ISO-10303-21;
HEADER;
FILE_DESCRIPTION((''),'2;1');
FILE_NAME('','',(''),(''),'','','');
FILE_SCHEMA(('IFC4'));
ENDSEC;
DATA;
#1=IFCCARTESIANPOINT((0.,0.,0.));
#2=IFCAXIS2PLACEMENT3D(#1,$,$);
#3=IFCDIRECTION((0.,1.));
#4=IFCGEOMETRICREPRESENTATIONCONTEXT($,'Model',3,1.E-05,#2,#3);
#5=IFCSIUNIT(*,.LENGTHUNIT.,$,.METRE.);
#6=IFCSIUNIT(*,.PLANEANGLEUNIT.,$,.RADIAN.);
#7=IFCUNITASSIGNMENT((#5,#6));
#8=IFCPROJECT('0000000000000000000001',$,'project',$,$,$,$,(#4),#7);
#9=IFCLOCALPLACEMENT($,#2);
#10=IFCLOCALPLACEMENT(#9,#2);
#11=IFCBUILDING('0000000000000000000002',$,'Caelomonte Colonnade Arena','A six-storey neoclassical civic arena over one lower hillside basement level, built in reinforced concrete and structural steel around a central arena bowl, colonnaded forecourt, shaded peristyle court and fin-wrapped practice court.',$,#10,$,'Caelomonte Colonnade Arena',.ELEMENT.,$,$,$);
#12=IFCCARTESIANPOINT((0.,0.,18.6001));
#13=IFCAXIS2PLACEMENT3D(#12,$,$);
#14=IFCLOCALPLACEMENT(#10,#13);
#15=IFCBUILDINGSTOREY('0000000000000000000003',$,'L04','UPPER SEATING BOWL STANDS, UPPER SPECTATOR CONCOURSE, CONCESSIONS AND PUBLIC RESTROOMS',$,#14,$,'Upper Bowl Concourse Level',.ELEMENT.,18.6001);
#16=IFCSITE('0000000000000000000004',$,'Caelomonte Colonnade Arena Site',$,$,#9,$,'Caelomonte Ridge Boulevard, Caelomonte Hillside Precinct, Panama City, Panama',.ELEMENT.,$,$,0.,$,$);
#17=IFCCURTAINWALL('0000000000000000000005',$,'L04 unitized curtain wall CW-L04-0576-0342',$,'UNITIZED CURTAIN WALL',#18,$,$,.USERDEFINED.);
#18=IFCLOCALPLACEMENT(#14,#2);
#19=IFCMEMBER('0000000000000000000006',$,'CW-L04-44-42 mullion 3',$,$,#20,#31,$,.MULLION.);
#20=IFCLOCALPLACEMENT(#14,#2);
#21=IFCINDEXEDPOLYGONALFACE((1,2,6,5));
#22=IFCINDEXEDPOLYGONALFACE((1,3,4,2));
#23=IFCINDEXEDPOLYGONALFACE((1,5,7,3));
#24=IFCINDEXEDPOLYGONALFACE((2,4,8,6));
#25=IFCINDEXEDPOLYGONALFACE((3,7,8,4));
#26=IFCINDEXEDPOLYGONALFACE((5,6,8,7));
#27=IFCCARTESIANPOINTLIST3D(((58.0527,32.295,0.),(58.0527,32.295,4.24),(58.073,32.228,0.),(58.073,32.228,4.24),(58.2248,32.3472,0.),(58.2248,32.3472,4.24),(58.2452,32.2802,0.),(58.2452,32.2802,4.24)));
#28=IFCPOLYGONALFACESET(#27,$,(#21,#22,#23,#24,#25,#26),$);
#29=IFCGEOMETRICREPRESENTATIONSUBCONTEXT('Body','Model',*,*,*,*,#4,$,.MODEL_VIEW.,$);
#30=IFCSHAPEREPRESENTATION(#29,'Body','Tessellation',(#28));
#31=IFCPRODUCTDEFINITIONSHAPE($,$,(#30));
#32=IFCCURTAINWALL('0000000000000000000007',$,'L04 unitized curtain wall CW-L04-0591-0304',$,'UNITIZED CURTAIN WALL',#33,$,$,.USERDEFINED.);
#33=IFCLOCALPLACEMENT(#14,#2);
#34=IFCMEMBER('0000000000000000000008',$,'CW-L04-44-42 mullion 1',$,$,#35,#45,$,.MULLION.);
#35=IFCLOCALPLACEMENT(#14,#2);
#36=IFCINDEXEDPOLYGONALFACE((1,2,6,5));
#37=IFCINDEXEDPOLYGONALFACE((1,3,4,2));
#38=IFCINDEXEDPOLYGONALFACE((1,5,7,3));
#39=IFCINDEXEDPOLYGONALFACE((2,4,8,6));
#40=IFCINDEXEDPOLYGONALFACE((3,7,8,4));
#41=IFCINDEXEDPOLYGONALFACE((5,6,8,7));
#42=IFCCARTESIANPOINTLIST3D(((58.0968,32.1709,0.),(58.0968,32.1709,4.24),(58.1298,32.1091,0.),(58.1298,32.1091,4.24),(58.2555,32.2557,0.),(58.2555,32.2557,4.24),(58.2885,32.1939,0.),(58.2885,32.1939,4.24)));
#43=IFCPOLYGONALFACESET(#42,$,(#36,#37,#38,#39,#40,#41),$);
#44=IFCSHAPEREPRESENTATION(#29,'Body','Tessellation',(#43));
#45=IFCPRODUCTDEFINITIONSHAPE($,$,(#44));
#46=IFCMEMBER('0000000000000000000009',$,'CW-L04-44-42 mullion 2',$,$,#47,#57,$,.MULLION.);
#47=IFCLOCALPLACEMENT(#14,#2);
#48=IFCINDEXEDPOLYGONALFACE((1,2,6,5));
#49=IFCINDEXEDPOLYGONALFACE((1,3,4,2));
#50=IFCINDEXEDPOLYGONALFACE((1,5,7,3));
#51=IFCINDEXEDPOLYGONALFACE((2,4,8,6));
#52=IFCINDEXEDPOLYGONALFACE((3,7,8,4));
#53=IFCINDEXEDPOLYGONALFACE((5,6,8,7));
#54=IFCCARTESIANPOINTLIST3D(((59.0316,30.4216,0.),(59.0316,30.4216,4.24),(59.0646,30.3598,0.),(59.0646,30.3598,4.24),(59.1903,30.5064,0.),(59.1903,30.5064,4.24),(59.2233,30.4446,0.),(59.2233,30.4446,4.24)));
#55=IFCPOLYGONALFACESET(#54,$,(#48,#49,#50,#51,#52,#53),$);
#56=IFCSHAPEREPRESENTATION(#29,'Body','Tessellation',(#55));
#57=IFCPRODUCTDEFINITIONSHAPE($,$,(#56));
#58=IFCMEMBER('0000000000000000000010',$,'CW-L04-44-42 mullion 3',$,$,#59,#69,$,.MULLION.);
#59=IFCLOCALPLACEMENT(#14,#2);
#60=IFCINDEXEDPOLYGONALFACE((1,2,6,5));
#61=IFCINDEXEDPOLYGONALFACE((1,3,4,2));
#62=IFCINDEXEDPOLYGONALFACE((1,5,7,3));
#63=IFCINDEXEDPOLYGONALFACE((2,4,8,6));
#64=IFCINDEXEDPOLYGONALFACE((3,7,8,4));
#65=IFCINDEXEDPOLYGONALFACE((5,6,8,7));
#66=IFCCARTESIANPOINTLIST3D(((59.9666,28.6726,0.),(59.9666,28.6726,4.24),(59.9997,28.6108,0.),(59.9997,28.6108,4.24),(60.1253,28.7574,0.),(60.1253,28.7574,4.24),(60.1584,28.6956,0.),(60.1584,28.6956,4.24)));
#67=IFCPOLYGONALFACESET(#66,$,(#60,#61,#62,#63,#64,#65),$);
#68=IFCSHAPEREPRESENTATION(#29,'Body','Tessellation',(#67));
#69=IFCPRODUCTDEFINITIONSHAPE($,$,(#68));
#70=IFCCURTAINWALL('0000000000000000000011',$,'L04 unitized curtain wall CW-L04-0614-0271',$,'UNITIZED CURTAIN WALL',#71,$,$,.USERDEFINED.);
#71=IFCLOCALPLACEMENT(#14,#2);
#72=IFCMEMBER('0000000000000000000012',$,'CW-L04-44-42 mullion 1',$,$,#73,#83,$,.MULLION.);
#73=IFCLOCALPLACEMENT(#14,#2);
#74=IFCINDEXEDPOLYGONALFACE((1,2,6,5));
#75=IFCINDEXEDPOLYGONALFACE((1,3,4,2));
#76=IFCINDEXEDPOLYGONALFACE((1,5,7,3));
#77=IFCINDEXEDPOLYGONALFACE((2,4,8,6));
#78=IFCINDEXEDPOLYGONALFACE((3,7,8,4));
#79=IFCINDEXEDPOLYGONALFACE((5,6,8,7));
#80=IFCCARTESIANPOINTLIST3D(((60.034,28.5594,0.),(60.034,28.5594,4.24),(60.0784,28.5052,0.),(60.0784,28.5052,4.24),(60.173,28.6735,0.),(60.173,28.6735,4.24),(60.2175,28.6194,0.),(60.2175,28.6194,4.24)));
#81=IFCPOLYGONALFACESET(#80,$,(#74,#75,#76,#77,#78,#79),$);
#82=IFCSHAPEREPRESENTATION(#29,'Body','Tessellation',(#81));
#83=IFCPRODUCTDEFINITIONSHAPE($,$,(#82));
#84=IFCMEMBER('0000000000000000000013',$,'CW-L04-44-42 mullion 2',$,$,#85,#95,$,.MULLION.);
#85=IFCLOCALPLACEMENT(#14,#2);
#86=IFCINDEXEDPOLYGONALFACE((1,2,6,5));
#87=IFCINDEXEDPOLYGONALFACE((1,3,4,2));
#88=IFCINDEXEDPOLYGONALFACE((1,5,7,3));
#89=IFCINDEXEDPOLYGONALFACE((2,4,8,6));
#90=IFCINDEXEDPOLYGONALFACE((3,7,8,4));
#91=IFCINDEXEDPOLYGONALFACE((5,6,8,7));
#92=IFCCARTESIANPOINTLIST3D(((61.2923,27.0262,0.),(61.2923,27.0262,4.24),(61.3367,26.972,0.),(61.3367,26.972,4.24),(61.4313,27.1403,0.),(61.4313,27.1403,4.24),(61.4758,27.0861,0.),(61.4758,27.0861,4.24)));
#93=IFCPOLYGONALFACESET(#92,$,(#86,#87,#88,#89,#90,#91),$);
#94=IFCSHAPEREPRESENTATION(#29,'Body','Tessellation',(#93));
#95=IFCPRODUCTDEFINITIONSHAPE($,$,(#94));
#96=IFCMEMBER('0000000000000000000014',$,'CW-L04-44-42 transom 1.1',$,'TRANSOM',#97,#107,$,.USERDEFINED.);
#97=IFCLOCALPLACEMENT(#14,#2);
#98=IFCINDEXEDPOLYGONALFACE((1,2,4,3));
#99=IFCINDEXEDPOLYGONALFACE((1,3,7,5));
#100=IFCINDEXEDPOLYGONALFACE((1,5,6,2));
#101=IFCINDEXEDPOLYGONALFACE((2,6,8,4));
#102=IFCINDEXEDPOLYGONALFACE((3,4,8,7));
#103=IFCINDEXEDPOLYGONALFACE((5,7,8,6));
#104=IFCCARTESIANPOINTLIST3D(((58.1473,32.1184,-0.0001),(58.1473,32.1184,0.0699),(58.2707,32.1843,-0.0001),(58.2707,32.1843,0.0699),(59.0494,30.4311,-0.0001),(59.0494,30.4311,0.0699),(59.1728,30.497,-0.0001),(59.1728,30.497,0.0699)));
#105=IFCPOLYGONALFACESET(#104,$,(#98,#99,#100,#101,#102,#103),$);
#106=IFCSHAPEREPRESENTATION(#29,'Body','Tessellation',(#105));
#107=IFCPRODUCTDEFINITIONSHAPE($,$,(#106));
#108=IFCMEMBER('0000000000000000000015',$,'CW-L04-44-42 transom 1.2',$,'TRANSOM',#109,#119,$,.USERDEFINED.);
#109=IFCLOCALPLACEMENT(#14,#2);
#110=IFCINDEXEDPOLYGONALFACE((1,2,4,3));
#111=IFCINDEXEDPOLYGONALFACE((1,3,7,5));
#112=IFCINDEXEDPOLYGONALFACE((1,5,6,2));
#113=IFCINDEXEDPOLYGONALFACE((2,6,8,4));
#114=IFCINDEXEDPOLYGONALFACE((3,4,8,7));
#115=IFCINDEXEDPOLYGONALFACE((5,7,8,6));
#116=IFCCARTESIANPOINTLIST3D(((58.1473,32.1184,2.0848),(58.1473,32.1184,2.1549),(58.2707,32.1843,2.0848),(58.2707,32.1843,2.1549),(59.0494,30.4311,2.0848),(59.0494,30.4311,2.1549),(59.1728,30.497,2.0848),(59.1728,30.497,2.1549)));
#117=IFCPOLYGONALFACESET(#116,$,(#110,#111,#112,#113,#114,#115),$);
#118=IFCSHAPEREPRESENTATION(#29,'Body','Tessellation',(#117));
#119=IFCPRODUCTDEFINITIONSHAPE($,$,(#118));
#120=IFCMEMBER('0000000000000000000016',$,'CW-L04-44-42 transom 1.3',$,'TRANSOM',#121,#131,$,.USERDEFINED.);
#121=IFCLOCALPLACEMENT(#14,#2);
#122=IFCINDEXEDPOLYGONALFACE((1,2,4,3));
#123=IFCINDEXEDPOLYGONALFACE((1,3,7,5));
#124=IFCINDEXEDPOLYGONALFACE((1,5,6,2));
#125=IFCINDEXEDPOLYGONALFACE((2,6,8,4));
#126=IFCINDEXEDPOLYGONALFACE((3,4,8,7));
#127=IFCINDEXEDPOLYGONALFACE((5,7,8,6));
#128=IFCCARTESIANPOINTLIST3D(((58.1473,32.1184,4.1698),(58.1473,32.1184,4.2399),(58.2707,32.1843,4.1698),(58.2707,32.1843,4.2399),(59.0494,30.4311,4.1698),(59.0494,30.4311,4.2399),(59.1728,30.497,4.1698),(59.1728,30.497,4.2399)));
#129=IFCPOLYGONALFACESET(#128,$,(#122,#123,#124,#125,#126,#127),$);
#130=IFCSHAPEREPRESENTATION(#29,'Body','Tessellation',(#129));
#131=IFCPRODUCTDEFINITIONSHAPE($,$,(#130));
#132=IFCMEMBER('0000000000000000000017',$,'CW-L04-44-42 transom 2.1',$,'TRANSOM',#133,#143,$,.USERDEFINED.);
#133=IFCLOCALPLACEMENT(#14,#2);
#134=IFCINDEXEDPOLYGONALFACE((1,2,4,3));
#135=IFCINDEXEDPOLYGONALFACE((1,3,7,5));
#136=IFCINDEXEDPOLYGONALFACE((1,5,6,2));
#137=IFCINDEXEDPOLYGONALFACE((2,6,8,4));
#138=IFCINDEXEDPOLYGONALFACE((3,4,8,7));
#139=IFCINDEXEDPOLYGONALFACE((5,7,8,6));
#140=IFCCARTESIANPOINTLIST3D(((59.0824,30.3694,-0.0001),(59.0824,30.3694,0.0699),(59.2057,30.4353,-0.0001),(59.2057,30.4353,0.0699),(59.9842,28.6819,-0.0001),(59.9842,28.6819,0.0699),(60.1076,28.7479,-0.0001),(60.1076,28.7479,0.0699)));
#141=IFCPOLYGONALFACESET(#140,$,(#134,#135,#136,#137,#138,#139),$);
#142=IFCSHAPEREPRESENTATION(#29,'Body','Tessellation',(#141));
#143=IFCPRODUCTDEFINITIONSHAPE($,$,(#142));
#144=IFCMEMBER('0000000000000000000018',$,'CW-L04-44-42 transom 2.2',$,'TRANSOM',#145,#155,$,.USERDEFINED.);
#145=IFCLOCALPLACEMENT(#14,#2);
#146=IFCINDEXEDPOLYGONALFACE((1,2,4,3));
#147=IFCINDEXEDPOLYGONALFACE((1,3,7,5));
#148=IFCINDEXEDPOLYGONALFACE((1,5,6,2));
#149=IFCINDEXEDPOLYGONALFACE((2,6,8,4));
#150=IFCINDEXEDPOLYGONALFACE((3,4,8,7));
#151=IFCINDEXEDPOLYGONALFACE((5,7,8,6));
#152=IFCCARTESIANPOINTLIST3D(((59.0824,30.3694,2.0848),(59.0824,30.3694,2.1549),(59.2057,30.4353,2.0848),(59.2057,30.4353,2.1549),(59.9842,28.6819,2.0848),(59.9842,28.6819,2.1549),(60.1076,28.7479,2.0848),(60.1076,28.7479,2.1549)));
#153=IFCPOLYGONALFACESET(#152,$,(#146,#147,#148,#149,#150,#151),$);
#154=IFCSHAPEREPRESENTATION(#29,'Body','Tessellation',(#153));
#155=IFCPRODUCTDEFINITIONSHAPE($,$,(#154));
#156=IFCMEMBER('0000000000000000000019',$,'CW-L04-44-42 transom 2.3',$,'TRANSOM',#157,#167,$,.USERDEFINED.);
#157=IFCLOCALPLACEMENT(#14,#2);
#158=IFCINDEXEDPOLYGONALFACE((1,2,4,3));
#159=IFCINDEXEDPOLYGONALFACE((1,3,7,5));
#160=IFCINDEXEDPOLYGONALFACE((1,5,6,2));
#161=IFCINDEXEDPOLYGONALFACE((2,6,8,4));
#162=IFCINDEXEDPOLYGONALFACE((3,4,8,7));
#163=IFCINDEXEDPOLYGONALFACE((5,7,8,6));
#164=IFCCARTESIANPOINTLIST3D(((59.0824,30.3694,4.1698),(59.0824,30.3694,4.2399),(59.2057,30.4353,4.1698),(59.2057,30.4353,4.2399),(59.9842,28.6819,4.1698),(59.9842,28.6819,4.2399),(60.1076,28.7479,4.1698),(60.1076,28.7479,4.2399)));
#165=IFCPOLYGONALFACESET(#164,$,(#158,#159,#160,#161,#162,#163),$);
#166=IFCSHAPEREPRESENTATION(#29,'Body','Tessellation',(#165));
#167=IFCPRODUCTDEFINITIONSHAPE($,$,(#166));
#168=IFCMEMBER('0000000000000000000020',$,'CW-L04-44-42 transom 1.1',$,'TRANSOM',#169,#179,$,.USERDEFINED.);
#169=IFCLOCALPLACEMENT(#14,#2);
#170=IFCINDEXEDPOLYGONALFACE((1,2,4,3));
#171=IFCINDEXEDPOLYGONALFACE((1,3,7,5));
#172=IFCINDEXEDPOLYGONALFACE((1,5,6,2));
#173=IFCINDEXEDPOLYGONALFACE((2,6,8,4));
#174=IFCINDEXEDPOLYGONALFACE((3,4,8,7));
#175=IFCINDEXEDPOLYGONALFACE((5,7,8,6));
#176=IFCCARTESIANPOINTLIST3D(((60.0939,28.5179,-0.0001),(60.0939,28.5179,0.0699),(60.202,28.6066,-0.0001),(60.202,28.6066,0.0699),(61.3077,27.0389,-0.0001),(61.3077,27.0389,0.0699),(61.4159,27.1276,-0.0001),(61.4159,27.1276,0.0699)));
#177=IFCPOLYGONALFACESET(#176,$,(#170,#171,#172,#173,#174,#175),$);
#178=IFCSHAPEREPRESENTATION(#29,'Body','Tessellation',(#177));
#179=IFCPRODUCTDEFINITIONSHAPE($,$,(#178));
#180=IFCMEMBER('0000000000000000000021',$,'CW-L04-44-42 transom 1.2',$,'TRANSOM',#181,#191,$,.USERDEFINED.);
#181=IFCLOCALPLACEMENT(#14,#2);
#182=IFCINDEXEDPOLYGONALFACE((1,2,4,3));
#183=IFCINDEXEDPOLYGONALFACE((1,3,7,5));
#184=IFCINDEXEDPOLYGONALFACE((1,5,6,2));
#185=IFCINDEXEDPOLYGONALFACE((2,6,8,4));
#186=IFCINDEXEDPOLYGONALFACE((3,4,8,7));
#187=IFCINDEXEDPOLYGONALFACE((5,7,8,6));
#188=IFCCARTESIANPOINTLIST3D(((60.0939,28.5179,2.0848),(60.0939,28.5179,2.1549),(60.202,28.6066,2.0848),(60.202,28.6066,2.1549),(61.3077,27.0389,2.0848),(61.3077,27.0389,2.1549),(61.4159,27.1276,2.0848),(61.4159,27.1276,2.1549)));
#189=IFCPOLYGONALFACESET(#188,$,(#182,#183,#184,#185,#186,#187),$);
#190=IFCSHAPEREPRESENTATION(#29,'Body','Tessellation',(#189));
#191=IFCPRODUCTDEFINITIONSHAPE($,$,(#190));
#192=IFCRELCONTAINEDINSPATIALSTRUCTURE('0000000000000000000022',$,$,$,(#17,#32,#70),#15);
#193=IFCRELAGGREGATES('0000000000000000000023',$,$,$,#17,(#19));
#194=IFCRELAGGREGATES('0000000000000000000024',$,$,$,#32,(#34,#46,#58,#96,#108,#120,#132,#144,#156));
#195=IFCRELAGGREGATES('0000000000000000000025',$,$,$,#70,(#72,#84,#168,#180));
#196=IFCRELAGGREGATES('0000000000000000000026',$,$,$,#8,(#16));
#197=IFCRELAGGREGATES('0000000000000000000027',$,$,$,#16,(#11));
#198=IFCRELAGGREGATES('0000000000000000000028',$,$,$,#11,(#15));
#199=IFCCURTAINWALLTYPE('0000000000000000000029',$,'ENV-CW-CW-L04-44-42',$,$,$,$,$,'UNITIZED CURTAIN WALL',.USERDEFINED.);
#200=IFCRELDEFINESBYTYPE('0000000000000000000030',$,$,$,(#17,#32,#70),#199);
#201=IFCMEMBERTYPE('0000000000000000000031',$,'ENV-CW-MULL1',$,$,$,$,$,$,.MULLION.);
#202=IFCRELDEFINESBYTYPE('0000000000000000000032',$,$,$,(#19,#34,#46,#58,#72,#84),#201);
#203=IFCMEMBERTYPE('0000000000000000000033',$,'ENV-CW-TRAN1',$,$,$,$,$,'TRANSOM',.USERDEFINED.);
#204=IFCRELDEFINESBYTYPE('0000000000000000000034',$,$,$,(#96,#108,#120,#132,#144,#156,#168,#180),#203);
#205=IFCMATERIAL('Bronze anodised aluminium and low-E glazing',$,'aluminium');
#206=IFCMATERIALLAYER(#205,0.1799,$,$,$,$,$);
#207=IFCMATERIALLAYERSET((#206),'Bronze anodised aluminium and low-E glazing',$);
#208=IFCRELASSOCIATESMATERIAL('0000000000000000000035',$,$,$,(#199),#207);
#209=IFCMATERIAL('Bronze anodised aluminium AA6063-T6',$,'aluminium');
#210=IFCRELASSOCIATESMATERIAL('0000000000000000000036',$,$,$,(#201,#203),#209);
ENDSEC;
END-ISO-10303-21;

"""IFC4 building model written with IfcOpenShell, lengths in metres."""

from ifc_helpers import new_model, si_unit, direction, frame, origin, origin_2d, place, context, subcontext, project, spatial, rectangle, extrude, material, layer, layer_set, material_profile, profile_set, type_object, element, aggregate, save


model = new_model("IFC4")

# Units and contexts
model_context = context("Model", 3, precision=1e-05, world=origin(), true_north=direction((0.0, 1.0)))
body_context = subcontext(model_context, "Body", "Model", "MODEL_VIEW")
ifc_project = project(units=[si_unit("LENGTHUNIT", "METRE"), si_unit("PLANEANGLEUNIT", "RADIAN")], contexts=[model_context])

# Site, building, storey
site_placement = place(None, origin())
site = spatial("IfcSite", under=ifc_project, at=site_placement, Name="Caelomonte Colonnade Arena Site", LongName="Caelomonte Ridge Boulevard, Caelomonte Hillside Precinct, Panama City, Panama", CompositionType="ELEMENT", RefElevation=0.0)
building_placement = place(site_placement, origin())
building = spatial("IfcBuilding", under=site, at=building_placement, Name="Caelomonte Colonnade Arena", Description="A six-storey neoclassical civic arena over one lower hillside basement level, built in reinforced concrete and structural steel around a central arena bowl, colonnaded forecourt, shaded peristyle court and fin-wrapped practice court.", LongName="Caelomonte Colonnade Arena", CompositionType="ELEMENT")
storey_placement = place(building_placement, frame((0.0, 0.0, 18.6001)))
storey = spatial("IfcBuildingStorey", under=building, at=storey_placement, Name="L04", Description="UPPER SEATING BOWL STANDS, UPPER SPECTATOR CONCOURSE, CONCESSIONS AND PUBLIC RESTROOMS", LongName="Upper Bowl Concourse Level", CompositionType="ELEMENT", Elevation=18.6001)

# Curtain wall, member
ifc_material_1 = material(Name="Bronze anodised aluminium and low-E glazing", Category="aluminium")
ifc_layer_1 = layer(ifc_material_1, 0.1799)
ifc_layer_set_1 = layer_set([ifc_layer_1], Name="Bronze anodised aluminium and low-E glazing")
curtain_wall_type = type_object("IfcCurtainWallType", Name="ENV-CW-CW-L04-44-42", ElementType="UNITIZED CURTAIN WALL", PredefinedType="USERDEFINED", material=ifc_layer_set_1)
curtain_wall_1_placement = place(storey_placement, origin())
curtain_wall_1 = element("IfcCurtainWall", 1, at=curtain_wall_1_placement, inside=storey, type_object=curtain_wall_type, Name="L04 unitized curtain wall CW-L04-0576-0342", ObjectType="UNITIZED CURTAIN WALL", PredefinedType="USERDEFINED")
ifc_material_2 = material(Name="Bronze anodised aluminium AA6063-T6", Category="aluminium")
ifc_material_profile_1 = material_profile(ifc_material_2, rectangle(XDim=0.0701, YDim=0.1799, at=origin_2d()), Name="CWM-70X180")
ifc_profile_set_1 = profile_set([ifc_material_profile_1], Name="Bronze anodised aluminium AA6063-T6")
member_type_1 = type_object("IfcMemberType", Name="ENV-CW-MULL1", PredefinedType="MULLION", material=ifc_profile_set_1)
member_1_placement = place(storey_placement, frame((58.1489, 32.2876, 0.0), z_axis=(0.0, 0.0, 1.0), x_axis=(0.290256, -0.956949, 0.0)))
member_1 = element("IfcMember", 2, at=member_1_placement, type_object=member_type_1, Name="CW-L04-44-42 mullion 3", PredefinedType="MULLION", context=body_context, shape_type="SweptSolid", body=[
    extrude(rectangle(XDim=0.0701, YDim=0.1799, at=origin_2d()), origin(), (0.0, 0.0, 1.0), 4.24),
])

# Curtain walls, members
curtain_wall_2_placement = place(storey_placement, origin())
curtain_wall_2 = element("IfcCurtainWall", 3, at=curtain_wall_2_placement, inside=storey, type_object=curtain_wall_type, Name="L04 unitized curtain wall CW-L04-0591-0304", ObjectType="UNITIZED CURTAIN WALL", PredefinedType="USERDEFINED")
member_2_placement = place(storey_placement, frame((58.1926, 32.1824, 0.0), z_axis=(0.0, 0.0, 1.0), x_axis=(0.471394, -0.881923, 0.0)))
member_2 = element("IfcMember", 4, at=member_2_placement, type_object=member_type_1, Name="CW-L04-44-42 mullion 1", PredefinedType="MULLION", context=body_context, shape_type="SweptSolid", body=[
    extrude(rectangle(XDim=0.0701, YDim=0.1799, at=origin_2d()), origin(), (0.0, 0.0, 1.0), 4.24),
])
member_3_placement = place(storey_placement, frame((59.1274, 30.4331, 0.0), z_axis=(0.0, 0.0, 1.0), x_axis=(0.471394, -0.881923, 0.0)))
member_3 = element("IfcMember", 5, at=member_3_placement, type_object=member_type_1, Name="CW-L04-44-42 mullion 2", PredefinedType="MULLION", context=body_context, shape_type="SweptSolid", body=[
    extrude(rectangle(XDim=0.0701, YDim=0.1799, at=origin_2d()), origin(), (0.0, 0.0, 1.0), 4.24),
])
member_4_placement = place(storey_placement, frame((60.0625, 28.6841, 0.0), z_axis=(0.0, 0.0, 1.0), x_axis=(0.471394, -0.881923, 0.0)))
member_4 = element("IfcMember", 6, at=member_4_placement, type_object=member_type_1, Name="CW-L04-44-42 mullion 3", PredefinedType="MULLION", context=body_context, shape_type="SweptSolid", body=[
    extrude(rectangle(XDim=0.0701, YDim=0.1799, at=origin_2d()), origin(), (0.0, 0.0, 1.0), 4.24),
])
curtain_wall_3_placement = place(storey_placement, origin())
curtain_wall_3 = element("IfcCurtainWall", 7, at=curtain_wall_3_placement, inside=storey, type_object=curtain_wall_type, Name="L04 unitized curtain wall CW-L04-0614-0271", ObjectType="UNITIZED CURTAIN WALL", PredefinedType="USERDEFINED")
member_5_placement = place(storey_placement, frame((60.1257, 28.5894, 0.0), z_axis=(0.0, 0.0, 1.0), x_axis=(0.634416, -0.772992, 0.0)))
member_5 = element("IfcMember", 8, at=member_5_placement, type_object=member_type_1, Name="CW-L04-44-42 mullion 1", PredefinedType="MULLION", context=body_context, shape_type="SweptSolid", body=[
    extrude(rectangle(XDim=0.0701, YDim=0.1799, at=origin_2d()), origin(), (0.0, 0.0, 1.0), 4.24),
])
member_6_placement = place(storey_placement, frame((61.384, 27.0562, 0.0), z_axis=(0.0, 0.0, 1.0), x_axis=(0.634416, -0.772992, 0.0)))
member_6 = element("IfcMember", 9, at=member_6_placement, type_object=member_type_1, Name="CW-L04-44-42 mullion 2", PredefinedType="MULLION", context=body_context, shape_type="SweptSolid", body=[
    extrude(rectangle(XDim=0.0701, YDim=0.1799, at=origin_2d()), origin(), (0.0, 0.0, 1.0), 4.24),
])

# Members
ifc_material_profile_2 = material_profile(ifc_material_2, rectangle(XDim=0.0701, YDim=0.1399, at=origin_2d()), Name="CWT-70X140")
ifc_profile_set_2 = profile_set([ifc_material_profile_2], Name="Bronze anodised aluminium AA6063-T6")
member_type_2 = type_object("IfcMemberType", Name="ENV-CW-TRAN1", ElementType="TRANSOM", PredefinedType="USERDEFINED", material=ifc_profile_set_2)
member_7_placement = place(storey_placement, frame((58.209, 32.1514, 0.0349), z_axis=(0.471495, -0.881869, 0.0), x_axis=(0.0, 0.0, 1.0)))
member_7 = element("IfcMember", 10, at=member_7_placement, type_object=member_type_2, Name="CW-L04-44-42 transom 1.1", ObjectType="TRANSOM", PredefinedType="USERDEFINED", context=body_context, shape_type="SweptSolid", body=[
    extrude(rectangle(XDim=0.0701, YDim=0.1399, at=origin_2d()), origin(), (0.0, 0.0, 1.0), 1.9133),
])
member_8_placement = place(storey_placement, frame((58.209, 32.1514, 2.1199), z_axis=(0.471495, -0.881869, 0.0), x_axis=(0.0, 0.0, 1.0)))
member_8 = element("IfcMember", 11, at=member_8_placement, type_object=member_type_2, Name="CW-L04-44-42 transom 1.2", ObjectType="TRANSOM", PredefinedType="USERDEFINED", context=body_context, shape_type="SweptSolid", body=[
    extrude(rectangle(XDim=0.0701, YDim=0.1399, at=origin_2d()), origin(), (0.0, 0.0, 1.0), 1.9133),
])
member_9_placement = place(storey_placement, frame((58.209, 32.1514, 4.2048), z_axis=(0.471495, -0.881869, 0.0), x_axis=(0.0, 0.0, 1.0)))
member_9 = element("IfcMember", 12, at=member_9_placement, type_object=member_type_2, Name="CW-L04-44-42 transom 1.3", ObjectType="TRANSOM", PredefinedType="USERDEFINED", context=body_context, shape_type="SweptSolid", body=[
    extrude(rectangle(XDim=0.0701, YDim=0.1399, at=origin_2d()), origin(), (0.0, 0.0, 1.0), 1.9133),
])
member_10_placement = place(storey_placement, frame((59.144, 30.4023, 0.0349), z_axis=(0.471343, -0.88195, 0.0), x_axis=(0.0, 0.0, 1.0)))
member_10 = element("IfcMember", 13, at=member_10_placement, type_object=member_type_2, Name="CW-L04-44-42 transom 2.1", ObjectType="TRANSOM", PredefinedType="USERDEFINED", context=body_context, shape_type="SweptSolid", body=[
    extrude(rectangle(XDim=0.0701, YDim=0.1399, at=origin_2d()), origin(), (0.0, 0.0, 1.0), 1.9133),
])
member_11_placement = place(storey_placement, frame((59.144, 30.4023, 2.1199), z_axis=(0.471343, -0.88195, 0.0), x_axis=(0.0, 0.0, 1.0)))
member_11 = element("IfcMember", 14, at=member_11_placement, type_object=member_type_2, Name="CW-L04-44-42 transom 2.2", ObjectType="TRANSOM", PredefinedType="USERDEFINED", context=body_context, shape_type="SweptSolid", body=[
    extrude(rectangle(XDim=0.0701, YDim=0.1399, at=origin_2d()), origin(), (0.0, 0.0, 1.0), 1.9133),
])
member_12_placement = place(storey_placement, frame((59.144, 30.4023, 4.2048), z_axis=(0.471343, -0.88195, 0.0), x_axis=(0.0, 0.0, 1.0)))
member_12 = element("IfcMember", 15, at=member_12_placement, type_object=member_type_2, Name="CW-L04-44-42 transom 2.3", ObjectType="TRANSOM", PredefinedType="USERDEFINED", context=body_context, shape_type="SweptSolid", body=[
    extrude(rectangle(XDim=0.0701, YDim=0.1399, at=origin_2d()), origin(), (0.0, 0.0, 1.0), 1.9133),
])
member_13_placement = place(storey_placement, frame((60.1479, 28.5623, 0.0349), z_axis=(0.634418, -0.77299, 0.0), x_axis=(0.0, 0.0, 1.0)))
member_13 = element("IfcMember", 16, at=member_13_placement, type_object=member_type_2, Name="CW-L04-44-42 transom 1.1", ObjectType="TRANSOM", PredefinedType="USERDEFINED", context=body_context, shape_type="SweptSolid", body=[
    extrude(rectangle(XDim=0.0701, YDim=0.1399, at=origin_2d()), origin(), (0.0, 0.0, 1.0), 1.9133),
])
member_14_placement = place(storey_placement, frame((60.1479, 28.5623, 2.1199), z_axis=(0.634418, -0.77299, 0.0), x_axis=(0.0, 0.0, 1.0)))
member_14 = element("IfcMember", 17, at=member_14_placement, type_object=member_type_2, Name="CW-L04-44-42 transom 1.2", ObjectType="TRANSOM", PredefinedType="USERDEFINED", context=body_context, shape_type="SweptSolid", body=[
    extrude(rectangle(XDim=0.0701, YDim=0.1399, at=origin_2d()), origin(), (0.0, 0.0, 1.0), 1.9133),
])

aggregate(curtain_wall_1, [member_1])
aggregate(curtain_wall_2, [member_2, member_3, member_4, member_7, member_8, member_9, member_10, member_11, member_12])
aggregate(curtain_wall_3, [member_5, member_6, member_13, member_14])

save(model, "model.ifc")
